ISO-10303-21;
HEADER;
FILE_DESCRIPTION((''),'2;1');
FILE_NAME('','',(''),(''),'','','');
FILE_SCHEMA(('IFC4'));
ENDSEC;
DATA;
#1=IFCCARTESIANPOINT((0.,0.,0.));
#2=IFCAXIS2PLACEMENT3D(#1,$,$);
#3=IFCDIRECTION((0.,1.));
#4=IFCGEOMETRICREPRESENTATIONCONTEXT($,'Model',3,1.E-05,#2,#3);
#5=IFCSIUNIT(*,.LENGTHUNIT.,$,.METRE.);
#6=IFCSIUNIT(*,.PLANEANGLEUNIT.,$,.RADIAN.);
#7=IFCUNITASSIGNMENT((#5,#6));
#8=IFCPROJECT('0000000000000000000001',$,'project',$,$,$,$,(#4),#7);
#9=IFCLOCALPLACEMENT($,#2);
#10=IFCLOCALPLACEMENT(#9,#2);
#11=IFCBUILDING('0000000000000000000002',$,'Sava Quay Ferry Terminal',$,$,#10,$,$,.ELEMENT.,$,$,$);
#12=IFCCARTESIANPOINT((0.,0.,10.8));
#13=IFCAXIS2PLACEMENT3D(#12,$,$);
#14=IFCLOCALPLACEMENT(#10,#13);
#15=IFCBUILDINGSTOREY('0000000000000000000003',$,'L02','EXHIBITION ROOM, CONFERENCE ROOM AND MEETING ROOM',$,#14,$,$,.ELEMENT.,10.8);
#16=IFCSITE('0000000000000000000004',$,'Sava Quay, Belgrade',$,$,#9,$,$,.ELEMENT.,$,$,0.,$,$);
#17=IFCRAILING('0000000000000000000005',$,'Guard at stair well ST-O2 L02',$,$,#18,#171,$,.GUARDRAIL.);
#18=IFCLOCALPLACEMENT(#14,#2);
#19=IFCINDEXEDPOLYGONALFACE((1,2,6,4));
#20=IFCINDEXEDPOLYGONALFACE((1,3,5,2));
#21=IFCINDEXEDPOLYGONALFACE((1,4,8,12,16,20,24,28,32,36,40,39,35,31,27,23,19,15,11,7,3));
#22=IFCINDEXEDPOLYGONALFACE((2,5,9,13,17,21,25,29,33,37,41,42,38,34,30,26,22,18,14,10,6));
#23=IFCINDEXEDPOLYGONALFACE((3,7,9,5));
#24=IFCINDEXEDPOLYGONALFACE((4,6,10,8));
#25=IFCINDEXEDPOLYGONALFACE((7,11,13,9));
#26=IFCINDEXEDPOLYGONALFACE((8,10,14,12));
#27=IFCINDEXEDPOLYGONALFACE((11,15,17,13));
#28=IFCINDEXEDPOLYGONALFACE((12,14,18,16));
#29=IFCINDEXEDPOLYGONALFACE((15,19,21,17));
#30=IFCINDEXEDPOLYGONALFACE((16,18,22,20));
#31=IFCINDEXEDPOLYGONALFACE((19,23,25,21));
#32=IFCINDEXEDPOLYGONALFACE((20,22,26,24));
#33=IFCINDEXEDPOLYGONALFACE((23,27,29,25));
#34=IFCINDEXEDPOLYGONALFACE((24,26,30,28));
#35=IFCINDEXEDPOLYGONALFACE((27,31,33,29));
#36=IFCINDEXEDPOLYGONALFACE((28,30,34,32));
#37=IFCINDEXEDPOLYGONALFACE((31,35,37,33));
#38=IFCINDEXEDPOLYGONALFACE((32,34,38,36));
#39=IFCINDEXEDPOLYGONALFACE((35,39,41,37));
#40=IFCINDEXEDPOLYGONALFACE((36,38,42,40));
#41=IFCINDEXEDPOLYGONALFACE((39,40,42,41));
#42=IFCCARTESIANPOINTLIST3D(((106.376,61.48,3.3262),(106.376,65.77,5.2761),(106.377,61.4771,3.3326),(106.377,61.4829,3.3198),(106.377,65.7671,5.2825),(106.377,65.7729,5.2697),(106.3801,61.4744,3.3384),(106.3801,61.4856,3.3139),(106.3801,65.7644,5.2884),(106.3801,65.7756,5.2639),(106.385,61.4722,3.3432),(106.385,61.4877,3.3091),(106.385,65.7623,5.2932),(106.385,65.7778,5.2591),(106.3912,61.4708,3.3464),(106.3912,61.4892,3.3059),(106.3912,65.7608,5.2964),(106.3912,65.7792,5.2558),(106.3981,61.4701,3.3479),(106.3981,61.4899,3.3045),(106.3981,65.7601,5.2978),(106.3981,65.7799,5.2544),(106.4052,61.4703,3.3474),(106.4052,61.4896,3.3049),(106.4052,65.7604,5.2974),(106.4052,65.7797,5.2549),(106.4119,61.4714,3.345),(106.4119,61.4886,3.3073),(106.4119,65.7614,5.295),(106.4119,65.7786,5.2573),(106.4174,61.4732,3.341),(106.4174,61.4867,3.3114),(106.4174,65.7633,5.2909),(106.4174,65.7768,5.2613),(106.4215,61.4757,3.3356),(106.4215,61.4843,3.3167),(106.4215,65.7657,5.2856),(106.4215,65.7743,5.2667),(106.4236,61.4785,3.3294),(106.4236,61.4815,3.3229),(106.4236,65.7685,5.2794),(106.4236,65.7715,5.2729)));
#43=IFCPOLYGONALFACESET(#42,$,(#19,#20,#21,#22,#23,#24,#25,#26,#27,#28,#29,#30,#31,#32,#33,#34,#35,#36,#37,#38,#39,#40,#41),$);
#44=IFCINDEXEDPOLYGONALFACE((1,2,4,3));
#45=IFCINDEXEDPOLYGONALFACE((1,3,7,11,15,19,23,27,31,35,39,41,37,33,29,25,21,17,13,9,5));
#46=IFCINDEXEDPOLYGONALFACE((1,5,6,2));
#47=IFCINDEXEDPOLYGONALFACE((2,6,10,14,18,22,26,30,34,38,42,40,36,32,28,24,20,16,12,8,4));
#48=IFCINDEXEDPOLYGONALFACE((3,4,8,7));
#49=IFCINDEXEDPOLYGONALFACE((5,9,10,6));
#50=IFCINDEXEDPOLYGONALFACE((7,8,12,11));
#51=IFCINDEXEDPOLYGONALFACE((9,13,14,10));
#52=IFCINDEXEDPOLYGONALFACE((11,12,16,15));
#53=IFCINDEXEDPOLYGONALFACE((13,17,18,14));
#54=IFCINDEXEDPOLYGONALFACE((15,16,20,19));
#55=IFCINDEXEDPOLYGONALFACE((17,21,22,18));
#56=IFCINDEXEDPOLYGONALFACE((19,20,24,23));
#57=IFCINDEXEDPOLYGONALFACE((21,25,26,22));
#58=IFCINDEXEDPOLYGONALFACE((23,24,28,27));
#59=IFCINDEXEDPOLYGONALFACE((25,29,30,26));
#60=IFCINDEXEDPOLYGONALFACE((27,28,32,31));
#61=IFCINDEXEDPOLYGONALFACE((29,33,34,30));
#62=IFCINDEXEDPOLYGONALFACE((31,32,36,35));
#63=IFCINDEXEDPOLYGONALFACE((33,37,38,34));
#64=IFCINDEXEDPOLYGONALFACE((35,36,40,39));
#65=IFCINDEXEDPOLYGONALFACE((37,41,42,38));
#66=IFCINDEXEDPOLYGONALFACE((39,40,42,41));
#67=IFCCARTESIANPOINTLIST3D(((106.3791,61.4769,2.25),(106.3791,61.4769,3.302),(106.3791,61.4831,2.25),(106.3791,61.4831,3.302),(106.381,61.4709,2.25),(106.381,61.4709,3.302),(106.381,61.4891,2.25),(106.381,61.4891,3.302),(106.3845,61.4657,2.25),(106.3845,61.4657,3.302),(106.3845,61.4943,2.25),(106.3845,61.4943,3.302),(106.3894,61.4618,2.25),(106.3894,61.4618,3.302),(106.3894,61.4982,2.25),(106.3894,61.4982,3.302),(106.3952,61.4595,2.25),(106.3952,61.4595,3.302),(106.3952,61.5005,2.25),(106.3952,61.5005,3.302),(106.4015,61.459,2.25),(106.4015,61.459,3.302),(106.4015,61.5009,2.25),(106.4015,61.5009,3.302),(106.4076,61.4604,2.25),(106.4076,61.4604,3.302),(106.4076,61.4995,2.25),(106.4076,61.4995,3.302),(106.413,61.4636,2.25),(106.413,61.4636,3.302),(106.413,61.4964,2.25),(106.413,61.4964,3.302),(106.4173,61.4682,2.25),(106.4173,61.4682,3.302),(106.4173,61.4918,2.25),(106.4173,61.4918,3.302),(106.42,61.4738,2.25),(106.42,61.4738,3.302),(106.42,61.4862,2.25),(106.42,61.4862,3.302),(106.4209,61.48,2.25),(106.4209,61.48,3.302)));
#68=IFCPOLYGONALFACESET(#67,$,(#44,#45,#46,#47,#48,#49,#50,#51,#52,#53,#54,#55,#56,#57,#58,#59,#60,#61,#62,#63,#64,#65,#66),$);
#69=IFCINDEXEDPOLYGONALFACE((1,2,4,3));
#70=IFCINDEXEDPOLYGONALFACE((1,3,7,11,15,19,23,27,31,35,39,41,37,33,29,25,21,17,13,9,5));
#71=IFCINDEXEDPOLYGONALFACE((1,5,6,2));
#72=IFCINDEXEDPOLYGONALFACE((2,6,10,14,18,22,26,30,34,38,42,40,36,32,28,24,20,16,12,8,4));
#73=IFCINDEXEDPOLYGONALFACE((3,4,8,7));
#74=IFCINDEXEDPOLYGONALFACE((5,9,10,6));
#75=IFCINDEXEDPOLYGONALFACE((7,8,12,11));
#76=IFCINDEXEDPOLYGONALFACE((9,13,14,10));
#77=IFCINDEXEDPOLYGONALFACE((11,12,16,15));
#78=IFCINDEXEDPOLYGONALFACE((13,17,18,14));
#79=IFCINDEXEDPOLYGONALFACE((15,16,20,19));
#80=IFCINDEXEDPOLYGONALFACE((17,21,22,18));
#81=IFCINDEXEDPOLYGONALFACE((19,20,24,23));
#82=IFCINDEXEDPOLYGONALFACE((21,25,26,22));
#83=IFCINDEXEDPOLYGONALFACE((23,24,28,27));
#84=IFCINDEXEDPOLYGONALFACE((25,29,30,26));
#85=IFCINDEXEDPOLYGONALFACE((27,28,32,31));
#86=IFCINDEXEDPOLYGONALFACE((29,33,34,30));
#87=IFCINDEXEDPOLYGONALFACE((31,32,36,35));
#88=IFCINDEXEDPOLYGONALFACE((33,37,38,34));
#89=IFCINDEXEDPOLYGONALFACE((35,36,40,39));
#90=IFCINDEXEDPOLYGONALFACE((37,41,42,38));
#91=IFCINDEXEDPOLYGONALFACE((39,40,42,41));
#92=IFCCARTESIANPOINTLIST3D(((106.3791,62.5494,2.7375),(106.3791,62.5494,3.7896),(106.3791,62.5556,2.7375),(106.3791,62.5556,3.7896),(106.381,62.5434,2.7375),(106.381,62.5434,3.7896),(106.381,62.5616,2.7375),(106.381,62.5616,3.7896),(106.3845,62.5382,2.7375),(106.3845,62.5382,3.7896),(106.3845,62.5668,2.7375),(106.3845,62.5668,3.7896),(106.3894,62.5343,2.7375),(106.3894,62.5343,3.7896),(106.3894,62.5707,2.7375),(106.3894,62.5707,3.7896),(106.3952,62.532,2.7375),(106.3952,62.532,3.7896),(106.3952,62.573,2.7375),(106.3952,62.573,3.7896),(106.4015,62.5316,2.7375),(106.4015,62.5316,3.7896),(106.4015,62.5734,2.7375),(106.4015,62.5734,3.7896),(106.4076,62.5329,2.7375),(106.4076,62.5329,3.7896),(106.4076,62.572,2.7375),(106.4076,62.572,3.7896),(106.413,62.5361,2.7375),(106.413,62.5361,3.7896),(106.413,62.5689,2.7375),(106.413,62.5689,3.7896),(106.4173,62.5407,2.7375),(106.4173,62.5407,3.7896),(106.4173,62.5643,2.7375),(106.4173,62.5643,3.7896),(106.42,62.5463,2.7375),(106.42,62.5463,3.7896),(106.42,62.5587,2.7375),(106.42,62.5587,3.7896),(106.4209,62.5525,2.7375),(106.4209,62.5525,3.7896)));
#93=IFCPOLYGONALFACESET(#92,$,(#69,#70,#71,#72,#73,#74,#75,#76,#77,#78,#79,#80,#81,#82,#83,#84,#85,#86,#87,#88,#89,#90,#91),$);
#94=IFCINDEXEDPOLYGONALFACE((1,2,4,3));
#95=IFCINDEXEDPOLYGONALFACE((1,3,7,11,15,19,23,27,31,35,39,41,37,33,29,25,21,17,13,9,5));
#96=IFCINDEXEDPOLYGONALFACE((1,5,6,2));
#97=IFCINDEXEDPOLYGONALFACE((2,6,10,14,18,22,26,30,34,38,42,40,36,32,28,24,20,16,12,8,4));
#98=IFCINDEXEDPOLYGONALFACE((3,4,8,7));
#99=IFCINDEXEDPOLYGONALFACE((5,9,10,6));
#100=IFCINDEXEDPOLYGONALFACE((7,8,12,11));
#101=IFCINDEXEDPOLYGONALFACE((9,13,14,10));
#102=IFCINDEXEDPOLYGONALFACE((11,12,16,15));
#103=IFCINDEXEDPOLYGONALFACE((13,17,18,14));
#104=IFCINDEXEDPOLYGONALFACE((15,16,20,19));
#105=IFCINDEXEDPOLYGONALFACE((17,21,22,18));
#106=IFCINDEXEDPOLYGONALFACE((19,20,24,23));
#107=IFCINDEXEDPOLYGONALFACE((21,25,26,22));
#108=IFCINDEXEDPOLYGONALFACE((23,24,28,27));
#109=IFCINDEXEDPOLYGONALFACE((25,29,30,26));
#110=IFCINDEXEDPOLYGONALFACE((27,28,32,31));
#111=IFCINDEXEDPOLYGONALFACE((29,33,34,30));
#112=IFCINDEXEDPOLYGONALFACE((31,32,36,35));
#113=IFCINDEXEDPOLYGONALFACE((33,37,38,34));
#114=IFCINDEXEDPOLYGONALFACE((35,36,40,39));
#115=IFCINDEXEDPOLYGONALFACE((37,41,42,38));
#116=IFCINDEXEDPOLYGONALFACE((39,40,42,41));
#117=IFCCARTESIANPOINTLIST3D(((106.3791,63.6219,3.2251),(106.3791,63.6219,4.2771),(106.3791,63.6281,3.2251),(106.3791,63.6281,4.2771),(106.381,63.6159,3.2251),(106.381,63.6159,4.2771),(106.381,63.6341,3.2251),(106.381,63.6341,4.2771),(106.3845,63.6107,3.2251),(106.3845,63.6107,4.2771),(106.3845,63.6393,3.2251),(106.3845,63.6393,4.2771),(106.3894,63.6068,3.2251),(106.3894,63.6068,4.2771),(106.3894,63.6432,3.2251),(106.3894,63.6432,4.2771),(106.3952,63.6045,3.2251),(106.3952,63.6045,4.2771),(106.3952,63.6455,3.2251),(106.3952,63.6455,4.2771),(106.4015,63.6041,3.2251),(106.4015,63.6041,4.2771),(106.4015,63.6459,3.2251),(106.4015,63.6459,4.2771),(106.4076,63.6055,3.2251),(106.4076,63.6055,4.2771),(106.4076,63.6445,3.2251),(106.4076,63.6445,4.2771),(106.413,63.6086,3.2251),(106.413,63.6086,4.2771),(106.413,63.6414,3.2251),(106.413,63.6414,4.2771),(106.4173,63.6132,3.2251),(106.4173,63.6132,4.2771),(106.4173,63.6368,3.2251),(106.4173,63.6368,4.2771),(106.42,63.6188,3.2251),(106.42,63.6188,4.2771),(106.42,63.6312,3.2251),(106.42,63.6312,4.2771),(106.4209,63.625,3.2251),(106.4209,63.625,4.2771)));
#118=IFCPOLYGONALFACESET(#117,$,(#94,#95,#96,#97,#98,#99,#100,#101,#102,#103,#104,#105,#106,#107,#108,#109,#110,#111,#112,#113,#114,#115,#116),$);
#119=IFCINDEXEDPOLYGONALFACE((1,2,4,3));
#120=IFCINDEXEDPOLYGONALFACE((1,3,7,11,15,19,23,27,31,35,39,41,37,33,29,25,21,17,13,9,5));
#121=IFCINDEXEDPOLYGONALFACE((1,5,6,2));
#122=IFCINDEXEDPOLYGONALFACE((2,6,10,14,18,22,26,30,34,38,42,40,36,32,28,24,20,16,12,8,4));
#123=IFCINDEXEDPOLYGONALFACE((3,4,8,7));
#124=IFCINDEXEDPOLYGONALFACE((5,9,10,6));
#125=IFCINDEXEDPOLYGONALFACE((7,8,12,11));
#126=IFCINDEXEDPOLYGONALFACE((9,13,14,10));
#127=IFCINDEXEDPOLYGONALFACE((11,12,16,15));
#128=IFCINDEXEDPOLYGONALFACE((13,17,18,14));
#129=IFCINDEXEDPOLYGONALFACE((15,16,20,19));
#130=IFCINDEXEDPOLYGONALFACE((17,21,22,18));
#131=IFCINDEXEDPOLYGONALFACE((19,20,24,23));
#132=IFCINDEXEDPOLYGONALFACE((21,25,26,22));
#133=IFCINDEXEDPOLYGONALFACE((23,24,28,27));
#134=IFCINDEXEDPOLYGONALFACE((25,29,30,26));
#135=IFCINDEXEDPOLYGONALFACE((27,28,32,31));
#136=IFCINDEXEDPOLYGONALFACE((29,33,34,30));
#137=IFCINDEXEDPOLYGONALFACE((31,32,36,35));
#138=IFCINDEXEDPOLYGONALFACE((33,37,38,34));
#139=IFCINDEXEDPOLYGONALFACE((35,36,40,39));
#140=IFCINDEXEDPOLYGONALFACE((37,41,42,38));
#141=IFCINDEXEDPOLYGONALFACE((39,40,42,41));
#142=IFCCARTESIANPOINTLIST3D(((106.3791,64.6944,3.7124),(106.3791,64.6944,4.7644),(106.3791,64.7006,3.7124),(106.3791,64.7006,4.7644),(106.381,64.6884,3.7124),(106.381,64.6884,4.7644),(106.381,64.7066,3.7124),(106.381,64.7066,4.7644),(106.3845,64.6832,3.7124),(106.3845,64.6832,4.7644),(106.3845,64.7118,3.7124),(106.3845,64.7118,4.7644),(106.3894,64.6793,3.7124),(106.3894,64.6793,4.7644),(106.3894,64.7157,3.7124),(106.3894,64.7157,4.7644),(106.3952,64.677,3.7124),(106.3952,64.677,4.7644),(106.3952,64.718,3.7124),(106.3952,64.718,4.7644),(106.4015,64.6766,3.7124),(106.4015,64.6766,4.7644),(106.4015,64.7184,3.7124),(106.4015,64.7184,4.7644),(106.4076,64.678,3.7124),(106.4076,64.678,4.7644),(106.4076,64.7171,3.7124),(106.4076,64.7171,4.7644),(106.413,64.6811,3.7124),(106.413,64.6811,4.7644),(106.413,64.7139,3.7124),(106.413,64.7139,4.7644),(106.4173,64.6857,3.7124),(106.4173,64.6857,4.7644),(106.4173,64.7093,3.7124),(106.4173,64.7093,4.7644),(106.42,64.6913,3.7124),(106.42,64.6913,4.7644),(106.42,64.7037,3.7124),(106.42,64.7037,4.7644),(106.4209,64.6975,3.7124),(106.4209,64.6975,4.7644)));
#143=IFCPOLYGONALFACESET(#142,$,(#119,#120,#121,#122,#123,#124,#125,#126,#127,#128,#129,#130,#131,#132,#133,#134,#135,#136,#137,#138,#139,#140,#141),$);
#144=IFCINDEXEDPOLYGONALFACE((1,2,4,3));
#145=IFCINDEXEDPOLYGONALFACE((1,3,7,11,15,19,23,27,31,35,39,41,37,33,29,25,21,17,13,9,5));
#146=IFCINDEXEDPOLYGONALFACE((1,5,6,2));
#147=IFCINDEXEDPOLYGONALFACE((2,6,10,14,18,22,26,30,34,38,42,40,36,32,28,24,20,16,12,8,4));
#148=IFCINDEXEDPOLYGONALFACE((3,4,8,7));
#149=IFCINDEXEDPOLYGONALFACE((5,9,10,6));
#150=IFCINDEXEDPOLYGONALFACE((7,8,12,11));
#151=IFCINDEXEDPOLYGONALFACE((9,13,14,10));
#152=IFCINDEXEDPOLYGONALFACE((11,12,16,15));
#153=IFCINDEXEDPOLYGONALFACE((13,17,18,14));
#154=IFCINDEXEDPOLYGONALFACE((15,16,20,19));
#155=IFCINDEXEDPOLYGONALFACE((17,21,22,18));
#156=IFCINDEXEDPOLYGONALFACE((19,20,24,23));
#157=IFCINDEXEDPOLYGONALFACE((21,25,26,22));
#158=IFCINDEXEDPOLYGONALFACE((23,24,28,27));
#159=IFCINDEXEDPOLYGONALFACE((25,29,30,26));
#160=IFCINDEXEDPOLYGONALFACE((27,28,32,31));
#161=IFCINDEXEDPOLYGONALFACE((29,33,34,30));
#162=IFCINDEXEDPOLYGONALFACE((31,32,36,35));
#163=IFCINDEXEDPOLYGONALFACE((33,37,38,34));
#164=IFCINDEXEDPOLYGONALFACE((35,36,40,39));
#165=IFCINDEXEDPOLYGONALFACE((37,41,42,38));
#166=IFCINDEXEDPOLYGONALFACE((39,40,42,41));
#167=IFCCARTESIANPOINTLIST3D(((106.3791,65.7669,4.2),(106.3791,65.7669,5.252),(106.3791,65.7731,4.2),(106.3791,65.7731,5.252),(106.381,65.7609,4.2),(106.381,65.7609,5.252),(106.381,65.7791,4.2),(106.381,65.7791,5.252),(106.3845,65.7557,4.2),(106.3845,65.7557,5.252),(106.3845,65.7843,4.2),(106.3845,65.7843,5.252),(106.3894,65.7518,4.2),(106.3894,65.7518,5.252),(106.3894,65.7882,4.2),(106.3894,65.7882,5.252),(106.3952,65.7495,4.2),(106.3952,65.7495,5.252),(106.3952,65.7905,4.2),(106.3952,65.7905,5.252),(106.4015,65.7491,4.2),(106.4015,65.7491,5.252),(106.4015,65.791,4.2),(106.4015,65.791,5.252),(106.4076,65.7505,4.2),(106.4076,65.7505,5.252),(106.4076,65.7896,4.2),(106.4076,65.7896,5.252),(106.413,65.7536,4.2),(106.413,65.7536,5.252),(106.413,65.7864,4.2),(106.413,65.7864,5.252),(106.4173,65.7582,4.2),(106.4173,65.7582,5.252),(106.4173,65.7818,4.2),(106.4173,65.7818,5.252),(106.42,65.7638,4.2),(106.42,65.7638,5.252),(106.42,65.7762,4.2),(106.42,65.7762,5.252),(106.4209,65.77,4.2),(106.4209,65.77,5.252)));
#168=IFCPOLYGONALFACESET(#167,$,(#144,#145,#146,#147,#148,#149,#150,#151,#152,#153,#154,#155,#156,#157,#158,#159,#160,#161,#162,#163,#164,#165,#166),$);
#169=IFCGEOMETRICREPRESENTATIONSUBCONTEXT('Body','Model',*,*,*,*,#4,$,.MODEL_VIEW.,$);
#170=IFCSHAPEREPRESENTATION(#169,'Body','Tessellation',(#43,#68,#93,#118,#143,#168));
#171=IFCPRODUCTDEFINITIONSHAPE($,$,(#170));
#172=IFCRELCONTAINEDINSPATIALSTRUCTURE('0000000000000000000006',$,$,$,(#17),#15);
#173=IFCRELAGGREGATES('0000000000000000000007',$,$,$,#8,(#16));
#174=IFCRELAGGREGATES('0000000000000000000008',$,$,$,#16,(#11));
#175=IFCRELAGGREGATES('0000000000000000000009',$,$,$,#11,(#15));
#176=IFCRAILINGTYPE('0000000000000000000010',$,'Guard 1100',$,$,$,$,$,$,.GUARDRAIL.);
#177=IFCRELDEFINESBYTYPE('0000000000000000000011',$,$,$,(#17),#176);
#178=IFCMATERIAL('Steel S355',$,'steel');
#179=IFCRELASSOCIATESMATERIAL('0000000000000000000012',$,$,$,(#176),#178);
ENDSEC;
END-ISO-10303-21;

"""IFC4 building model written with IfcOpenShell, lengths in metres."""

from ifc_helpers import new_model, si_unit, direction, frame, origin, origin_2d, place, context, subcontext, project, spatial, circle, extrude, material, type_object, element, save


model = new_model("IFC4")

# Units and contexts
model_context = context("Model", 3, precision=1e-05, world=origin(), true_north=direction((0.0, 1.0)))
body_context = subcontext(model_context, "Body", "Model", "MODEL_VIEW")
ifc_project = project(units=[si_unit("LENGTHUNIT", "METRE"), si_unit("PLANEANGLEUNIT", "RADIAN")], contexts=[model_context])

# Site, building, storey
site_placement = place(None, origin())
site = spatial("IfcSite", under=ifc_project, at=site_placement, Name="Sava Quay, Belgrade", CompositionType="ELEMENT", RefElevation=0.0)
building_placement = place(site_placement, origin())
building = spatial("IfcBuilding", under=site, at=building_placement, Name="Sava Quay Ferry Terminal", CompositionType="ELEMENT")
storey_placement = place(building_placement, frame((0.0, 0.0, 10.8)))
storey = spatial("IfcBuildingStorey", under=building, at=storey_placement, Name="L02", Description="EXHIBITION ROOM, CONFERENCE ROOM AND MEETING ROOM", CompositionType="ELEMENT", Elevation=10.8)

# Railing
ifc_material_1 = material(Name="Steel S355", Category="steel")
railing_type_1 = type_object("IfcRailingType", Name="Guard 1100", PredefinedType="GUARDRAIL", material=ifc_material_1)
railing_1_placement = place(storey_placement, frame((106.3999, 61.48, 2.25)))
element("IfcRailing", 1, at=railing_1_placement, inside=storey, type_object=railing_type_1, Name="Guard at stair well ST-O2 L02", PredefinedType="GUARDRAIL", context=body_context, shape_type="SweptSolid", body=[
    extrude(circle(Radius=0.0239, at=origin_2d()), frame((0.0, 0.0, 1.0762), z_axis=(0.0, 0.910372, 0.413791), x_axis=(-1.0, 0.0, 0.0)), (0.0, 0.0, 1.0), 4.7124),
    extrude(circle(Radius=0.021, at=origin_2d()), origin(), (0.0, 0.0, 1.0), 1.052),
    extrude(circle(Radius=0.021, at=origin_2d()), frame((0.0, 1.0725, 0.4875)), (0.0, 0.0, 1.0), 1.052),
    extrude(circle(Radius=0.021, at=origin_2d()), frame((0.0, 2.145, 0.9751)), (0.0, 0.0, 1.0), 1.052),
    extrude(circle(Radius=0.021, at=origin_2d()), frame((0.0, 3.2175, 1.4624)), (0.0, 0.0, 1.0), 1.052),
    extrude(circle(Radius=0.021, at=origin_2d()), frame((0.0, 4.29, 1.95)), (0.0, 0.0, 1.0), 1.052),
])

save(model, "model.ifc")
